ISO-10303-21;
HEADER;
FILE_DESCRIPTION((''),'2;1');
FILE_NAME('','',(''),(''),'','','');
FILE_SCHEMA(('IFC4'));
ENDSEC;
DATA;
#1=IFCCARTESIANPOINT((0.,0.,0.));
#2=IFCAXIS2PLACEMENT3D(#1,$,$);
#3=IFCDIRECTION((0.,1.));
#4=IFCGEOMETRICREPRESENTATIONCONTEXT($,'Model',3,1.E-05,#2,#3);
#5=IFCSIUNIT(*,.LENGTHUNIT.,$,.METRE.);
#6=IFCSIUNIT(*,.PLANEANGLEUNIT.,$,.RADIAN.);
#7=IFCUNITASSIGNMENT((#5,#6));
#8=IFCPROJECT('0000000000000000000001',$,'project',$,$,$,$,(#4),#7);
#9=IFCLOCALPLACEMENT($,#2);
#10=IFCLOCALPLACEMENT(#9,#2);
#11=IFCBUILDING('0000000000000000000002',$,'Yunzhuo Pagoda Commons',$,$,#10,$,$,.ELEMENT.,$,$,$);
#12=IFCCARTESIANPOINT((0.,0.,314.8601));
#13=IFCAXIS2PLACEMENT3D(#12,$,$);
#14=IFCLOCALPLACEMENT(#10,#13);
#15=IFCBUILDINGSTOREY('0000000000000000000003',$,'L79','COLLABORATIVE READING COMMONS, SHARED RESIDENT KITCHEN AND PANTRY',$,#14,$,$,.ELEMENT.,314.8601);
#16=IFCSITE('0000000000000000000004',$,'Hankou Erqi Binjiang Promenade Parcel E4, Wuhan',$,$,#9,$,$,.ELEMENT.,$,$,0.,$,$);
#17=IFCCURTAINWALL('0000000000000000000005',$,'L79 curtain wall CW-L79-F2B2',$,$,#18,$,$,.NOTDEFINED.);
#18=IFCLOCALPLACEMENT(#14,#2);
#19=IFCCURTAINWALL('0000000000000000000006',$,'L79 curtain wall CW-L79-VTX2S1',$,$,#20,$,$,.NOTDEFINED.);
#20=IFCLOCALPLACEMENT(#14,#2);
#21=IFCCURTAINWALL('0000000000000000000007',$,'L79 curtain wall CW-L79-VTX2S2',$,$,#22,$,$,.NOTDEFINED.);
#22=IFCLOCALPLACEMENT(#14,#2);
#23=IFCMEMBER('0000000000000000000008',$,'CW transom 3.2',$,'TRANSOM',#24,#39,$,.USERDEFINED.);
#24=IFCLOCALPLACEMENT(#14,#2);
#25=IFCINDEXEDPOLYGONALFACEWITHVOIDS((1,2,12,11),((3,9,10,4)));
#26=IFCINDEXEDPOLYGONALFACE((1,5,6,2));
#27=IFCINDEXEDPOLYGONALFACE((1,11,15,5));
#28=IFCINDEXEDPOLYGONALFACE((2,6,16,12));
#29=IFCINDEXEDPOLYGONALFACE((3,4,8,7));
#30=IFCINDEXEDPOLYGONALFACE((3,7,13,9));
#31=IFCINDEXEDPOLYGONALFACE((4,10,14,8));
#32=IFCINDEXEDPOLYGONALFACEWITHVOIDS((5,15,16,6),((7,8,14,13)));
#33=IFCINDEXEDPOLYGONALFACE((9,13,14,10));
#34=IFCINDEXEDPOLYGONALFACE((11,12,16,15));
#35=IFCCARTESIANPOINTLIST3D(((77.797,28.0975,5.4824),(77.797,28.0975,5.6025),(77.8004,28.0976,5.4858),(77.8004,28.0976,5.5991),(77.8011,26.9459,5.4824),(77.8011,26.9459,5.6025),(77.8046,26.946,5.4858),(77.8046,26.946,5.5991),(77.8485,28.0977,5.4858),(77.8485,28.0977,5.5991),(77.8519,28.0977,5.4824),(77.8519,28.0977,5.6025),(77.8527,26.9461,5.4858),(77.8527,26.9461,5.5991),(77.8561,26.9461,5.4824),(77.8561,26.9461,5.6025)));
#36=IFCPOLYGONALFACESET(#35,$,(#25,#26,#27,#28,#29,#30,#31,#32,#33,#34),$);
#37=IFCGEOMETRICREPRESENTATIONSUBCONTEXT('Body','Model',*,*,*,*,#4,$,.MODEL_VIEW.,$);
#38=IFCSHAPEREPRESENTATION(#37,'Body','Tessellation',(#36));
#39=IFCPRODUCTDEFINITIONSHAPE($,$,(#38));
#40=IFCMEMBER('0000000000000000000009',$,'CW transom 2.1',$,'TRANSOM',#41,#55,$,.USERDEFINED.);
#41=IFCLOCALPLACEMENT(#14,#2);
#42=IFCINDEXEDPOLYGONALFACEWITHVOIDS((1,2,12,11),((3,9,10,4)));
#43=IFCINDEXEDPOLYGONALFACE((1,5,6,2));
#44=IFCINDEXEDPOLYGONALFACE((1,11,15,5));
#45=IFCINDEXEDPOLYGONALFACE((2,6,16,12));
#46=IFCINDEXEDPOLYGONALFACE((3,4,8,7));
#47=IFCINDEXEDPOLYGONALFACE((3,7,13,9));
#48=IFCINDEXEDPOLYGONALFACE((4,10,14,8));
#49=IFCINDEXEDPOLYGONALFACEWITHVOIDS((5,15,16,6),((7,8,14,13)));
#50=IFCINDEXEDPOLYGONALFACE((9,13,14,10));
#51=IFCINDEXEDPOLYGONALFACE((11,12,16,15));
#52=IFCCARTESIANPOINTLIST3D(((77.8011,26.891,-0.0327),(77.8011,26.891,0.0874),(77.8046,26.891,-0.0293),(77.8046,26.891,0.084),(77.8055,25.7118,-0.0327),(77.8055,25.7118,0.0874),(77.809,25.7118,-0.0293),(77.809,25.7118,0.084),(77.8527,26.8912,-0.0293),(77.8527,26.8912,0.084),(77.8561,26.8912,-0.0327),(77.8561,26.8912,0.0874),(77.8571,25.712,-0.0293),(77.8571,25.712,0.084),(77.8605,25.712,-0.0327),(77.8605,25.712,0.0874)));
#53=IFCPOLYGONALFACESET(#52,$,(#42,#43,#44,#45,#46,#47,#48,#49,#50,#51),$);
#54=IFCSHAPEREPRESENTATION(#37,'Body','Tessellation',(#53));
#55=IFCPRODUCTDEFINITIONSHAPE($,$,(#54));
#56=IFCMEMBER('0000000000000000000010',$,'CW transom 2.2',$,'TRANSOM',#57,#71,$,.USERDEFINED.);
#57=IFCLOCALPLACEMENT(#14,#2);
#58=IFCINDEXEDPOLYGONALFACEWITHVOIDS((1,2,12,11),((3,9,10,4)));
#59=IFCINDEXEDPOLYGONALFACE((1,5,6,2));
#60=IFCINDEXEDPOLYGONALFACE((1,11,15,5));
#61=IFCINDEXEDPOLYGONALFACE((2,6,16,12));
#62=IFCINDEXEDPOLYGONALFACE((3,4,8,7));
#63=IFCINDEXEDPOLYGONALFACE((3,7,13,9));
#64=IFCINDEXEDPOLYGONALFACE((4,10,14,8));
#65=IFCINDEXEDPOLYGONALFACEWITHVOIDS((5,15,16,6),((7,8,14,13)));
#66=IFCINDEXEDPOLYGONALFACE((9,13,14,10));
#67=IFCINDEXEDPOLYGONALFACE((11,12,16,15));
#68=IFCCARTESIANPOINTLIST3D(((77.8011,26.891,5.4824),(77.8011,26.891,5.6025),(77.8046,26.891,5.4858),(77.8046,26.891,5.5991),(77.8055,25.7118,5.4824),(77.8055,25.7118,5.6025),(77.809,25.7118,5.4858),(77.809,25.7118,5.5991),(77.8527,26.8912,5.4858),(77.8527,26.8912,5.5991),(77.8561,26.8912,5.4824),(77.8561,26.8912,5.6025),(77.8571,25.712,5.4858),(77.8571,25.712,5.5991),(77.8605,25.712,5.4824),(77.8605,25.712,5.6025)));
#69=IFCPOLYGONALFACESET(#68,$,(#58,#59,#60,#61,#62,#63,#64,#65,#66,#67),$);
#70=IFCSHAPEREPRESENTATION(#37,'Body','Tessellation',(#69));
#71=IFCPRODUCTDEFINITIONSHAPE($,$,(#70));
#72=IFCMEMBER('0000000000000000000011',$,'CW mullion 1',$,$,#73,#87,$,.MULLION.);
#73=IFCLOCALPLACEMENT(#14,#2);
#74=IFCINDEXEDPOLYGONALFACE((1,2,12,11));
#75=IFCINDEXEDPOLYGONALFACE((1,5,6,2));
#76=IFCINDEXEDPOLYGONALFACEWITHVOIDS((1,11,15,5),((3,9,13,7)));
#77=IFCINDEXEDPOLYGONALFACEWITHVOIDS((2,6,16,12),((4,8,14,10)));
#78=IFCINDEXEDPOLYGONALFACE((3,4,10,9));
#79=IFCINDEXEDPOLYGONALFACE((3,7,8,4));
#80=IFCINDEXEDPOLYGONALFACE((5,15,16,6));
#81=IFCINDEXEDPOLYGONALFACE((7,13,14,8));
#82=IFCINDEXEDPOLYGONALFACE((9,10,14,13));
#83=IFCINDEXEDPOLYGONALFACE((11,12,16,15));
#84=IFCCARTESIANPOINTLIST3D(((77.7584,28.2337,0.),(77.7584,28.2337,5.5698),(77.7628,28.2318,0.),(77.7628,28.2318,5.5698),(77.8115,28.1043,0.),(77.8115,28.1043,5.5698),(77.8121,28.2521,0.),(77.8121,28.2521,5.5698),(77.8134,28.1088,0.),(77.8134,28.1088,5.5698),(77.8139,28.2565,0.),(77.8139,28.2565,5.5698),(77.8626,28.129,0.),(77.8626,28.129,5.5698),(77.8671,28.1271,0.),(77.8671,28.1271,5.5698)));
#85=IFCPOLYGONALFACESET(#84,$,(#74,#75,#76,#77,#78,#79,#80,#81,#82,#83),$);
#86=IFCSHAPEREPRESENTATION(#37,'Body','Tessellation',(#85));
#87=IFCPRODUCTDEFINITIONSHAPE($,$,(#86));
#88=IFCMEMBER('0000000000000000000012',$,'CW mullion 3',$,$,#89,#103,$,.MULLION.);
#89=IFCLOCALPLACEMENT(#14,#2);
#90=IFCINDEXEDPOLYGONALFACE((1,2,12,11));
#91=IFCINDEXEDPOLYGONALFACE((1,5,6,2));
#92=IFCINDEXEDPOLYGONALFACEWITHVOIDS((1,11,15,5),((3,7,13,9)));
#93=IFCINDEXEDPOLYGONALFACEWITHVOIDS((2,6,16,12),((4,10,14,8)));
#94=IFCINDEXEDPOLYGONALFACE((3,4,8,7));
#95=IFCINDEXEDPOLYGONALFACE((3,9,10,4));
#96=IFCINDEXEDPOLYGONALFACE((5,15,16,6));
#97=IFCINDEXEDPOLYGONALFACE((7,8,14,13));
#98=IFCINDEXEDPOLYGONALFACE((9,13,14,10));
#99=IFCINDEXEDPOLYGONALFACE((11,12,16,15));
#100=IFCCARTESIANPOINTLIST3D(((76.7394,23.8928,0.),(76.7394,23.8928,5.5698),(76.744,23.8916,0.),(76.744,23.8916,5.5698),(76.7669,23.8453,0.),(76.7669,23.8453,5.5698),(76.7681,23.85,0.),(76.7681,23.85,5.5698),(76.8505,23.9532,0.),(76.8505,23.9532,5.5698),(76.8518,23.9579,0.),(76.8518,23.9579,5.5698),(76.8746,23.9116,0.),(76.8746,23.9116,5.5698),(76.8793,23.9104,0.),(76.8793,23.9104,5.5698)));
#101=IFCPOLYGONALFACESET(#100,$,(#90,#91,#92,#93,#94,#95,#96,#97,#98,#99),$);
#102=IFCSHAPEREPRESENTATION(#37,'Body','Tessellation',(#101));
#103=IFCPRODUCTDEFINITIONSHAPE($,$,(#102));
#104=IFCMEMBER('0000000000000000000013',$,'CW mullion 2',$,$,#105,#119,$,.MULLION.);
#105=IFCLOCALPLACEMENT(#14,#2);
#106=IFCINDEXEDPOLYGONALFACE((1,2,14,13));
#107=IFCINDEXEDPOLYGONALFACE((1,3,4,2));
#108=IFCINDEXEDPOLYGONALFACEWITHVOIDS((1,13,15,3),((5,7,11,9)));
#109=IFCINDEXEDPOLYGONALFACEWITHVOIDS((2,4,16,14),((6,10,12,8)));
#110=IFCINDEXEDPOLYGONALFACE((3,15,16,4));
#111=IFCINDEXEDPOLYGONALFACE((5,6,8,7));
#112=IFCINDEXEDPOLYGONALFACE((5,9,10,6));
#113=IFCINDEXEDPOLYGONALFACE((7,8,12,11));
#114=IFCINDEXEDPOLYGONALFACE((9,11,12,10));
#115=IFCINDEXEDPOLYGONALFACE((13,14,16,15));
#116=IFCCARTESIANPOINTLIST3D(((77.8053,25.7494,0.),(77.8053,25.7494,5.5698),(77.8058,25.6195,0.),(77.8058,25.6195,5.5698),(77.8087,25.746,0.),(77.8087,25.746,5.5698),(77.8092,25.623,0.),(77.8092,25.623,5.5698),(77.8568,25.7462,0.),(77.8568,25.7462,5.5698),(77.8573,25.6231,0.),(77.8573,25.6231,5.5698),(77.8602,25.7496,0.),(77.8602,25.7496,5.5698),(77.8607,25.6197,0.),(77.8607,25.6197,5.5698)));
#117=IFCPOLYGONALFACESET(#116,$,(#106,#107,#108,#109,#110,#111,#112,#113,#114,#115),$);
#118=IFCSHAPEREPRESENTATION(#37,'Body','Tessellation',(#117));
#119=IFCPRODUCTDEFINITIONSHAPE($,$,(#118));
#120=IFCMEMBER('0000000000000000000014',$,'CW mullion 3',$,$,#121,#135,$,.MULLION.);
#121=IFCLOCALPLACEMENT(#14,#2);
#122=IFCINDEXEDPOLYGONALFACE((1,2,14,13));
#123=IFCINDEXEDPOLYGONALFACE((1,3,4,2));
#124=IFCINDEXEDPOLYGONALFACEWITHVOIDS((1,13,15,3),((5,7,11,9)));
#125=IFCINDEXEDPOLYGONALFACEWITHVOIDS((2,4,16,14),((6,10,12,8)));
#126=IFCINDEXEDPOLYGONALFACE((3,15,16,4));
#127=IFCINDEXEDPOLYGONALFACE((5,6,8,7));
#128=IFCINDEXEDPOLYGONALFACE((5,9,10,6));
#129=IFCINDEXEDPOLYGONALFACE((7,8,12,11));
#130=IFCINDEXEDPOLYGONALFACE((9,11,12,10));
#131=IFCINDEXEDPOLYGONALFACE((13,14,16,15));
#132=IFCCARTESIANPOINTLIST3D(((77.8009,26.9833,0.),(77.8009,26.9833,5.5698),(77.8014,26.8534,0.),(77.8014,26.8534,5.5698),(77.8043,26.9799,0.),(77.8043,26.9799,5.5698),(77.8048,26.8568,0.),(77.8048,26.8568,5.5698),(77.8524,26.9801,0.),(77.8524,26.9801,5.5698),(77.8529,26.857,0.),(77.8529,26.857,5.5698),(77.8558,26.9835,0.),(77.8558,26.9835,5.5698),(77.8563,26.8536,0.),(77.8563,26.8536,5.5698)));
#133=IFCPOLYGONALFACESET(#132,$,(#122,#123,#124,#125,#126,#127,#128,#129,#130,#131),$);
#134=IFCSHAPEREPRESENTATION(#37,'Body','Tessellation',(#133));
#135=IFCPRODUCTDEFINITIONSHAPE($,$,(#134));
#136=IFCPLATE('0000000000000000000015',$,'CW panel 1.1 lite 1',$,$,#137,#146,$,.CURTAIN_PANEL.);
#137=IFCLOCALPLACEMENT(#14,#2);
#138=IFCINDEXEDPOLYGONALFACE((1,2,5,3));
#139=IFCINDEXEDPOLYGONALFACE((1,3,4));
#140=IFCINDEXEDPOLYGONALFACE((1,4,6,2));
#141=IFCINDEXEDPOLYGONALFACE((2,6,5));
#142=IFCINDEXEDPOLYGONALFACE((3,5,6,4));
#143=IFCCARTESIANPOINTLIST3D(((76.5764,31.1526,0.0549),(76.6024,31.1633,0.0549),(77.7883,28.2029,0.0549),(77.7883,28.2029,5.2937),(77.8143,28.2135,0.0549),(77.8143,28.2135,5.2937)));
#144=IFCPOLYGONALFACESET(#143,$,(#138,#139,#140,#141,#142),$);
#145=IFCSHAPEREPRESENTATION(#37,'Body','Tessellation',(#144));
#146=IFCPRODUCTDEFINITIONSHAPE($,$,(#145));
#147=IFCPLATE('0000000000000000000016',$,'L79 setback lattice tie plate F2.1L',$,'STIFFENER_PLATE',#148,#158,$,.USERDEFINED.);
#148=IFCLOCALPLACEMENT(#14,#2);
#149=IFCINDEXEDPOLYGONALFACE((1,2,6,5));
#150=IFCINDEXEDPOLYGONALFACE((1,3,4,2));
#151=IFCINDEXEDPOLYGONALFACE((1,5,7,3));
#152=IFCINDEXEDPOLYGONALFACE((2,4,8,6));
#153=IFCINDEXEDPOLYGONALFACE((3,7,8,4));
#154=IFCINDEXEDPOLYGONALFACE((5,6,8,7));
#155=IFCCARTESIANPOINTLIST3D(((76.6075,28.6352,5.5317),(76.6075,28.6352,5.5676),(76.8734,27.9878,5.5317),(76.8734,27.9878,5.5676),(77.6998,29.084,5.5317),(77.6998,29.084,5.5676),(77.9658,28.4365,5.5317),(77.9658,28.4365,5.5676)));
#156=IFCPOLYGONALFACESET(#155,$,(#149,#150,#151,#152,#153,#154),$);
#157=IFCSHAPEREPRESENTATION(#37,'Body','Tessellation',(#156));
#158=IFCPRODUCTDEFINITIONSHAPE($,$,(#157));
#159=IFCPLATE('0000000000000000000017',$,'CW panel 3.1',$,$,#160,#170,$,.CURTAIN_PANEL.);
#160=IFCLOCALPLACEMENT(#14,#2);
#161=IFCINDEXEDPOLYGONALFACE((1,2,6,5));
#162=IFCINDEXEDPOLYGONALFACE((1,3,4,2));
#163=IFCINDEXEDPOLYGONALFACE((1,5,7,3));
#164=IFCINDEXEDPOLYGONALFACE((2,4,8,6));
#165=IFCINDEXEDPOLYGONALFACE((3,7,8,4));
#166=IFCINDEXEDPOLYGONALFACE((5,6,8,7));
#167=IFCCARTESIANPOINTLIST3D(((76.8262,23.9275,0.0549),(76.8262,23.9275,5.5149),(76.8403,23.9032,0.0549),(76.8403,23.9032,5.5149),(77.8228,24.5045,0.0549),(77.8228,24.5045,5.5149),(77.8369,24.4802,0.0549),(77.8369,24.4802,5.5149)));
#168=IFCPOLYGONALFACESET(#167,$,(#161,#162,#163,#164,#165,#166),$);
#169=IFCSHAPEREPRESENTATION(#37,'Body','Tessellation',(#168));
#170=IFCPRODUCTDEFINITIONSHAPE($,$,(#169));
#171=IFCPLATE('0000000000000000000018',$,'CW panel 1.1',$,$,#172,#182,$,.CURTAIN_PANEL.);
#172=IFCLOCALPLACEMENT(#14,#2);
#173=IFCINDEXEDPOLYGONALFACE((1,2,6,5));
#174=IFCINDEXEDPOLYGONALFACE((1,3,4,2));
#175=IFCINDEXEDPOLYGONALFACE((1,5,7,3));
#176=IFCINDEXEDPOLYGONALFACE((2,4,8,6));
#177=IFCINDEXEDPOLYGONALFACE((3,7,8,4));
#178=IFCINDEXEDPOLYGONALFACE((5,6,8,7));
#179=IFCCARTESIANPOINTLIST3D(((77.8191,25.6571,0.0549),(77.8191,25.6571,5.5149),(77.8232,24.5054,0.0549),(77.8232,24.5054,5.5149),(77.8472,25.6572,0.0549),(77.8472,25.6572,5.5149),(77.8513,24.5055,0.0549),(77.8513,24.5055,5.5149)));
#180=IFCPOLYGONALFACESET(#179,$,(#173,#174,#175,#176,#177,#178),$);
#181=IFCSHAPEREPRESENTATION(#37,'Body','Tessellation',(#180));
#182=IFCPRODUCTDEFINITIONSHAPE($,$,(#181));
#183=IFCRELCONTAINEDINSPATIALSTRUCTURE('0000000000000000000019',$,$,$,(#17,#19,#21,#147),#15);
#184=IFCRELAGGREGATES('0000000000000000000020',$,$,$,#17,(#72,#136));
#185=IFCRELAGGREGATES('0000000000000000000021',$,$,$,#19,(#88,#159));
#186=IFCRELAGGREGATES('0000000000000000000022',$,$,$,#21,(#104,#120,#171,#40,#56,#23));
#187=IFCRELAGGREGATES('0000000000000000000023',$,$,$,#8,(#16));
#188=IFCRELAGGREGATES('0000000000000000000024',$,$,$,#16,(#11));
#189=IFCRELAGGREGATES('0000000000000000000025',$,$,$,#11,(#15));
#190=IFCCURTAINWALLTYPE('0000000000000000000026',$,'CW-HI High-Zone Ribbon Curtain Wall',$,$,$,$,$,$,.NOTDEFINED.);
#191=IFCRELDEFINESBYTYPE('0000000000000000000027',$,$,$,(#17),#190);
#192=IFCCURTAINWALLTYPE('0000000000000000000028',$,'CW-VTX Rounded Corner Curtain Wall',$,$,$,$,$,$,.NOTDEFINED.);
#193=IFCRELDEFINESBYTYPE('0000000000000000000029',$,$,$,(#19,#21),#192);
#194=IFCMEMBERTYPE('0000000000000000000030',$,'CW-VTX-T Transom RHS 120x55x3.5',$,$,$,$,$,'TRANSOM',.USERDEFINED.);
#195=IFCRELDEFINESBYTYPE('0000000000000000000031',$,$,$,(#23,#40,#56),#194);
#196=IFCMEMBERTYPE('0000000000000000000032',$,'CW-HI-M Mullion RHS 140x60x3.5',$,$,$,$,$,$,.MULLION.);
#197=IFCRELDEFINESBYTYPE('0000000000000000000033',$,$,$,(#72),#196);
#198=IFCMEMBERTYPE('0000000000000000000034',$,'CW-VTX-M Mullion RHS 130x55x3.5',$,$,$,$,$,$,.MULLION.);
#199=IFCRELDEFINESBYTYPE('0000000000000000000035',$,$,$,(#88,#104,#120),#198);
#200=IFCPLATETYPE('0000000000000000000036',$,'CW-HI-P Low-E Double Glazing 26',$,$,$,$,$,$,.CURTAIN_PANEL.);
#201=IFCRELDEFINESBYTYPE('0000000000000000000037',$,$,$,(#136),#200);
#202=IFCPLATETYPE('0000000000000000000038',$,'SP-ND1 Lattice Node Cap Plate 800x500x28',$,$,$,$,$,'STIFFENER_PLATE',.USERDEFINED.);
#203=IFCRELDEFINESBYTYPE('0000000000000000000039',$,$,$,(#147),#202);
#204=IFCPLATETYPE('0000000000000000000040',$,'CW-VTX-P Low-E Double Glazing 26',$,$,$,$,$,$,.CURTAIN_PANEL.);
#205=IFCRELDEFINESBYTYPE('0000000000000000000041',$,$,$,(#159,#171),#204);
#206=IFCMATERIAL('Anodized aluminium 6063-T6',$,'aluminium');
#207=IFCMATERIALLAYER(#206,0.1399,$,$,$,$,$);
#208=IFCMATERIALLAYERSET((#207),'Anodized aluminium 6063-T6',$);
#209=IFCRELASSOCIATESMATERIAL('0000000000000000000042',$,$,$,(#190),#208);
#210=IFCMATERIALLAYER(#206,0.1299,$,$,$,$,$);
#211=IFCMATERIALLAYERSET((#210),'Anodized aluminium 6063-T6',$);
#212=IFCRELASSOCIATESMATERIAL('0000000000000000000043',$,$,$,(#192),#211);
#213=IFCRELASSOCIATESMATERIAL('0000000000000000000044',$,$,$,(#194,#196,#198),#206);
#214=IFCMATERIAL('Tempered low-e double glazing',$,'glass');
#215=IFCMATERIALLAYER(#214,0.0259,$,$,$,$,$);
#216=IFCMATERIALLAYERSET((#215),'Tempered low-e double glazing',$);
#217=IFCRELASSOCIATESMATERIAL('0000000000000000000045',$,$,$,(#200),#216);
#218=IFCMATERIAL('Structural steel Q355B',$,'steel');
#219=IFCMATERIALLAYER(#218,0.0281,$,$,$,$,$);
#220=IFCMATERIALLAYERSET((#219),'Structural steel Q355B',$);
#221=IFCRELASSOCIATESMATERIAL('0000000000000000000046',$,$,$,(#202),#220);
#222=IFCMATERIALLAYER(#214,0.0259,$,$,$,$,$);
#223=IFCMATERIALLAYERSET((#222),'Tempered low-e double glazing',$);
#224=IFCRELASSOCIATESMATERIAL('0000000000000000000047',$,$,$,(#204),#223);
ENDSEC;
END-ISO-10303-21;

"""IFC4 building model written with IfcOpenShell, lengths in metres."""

from ifc_helpers import new_model, si_unit, direction, frame, origin, origin_2d, place, context, subcontext, project, spatial, polyline, rectangle, hollow_rectangle, outline, extrude, source, transform, mapped, material, layer, layer_set, material_profile, profile_set, type_object, element, aggregate, save


model = new_model("IFC4")

# Units and contexts
model_context = context("Model", 3, precision=1e-05, world=origin(), true_north=direction((0.0, 1.0)))
body_context = subcontext(model_context, "Body", "Model", "MODEL_VIEW")
ifc_project = project(units=[si_unit("LENGTHUNIT", "METRE"), si_unit("PLANEANGLEUNIT", "RADIAN")], contexts=[model_context])

# Site, building, storey
site_placement = place(None, origin())
site = spatial("IfcSite", under=ifc_project, at=site_placement, Name="Hankou Erqi Binjiang Promenade Parcel E4, Wuhan", CompositionType="ELEMENT", RefElevation=0.0)
building_placement = place(site_placement, origin())
building = spatial("IfcBuilding", under=site, at=building_placement, Name="Yunzhuo Pagoda Commons", CompositionType="ELEMENT")
storey_placement = place(building_placement, frame((0.0, 0.0, 314.8601)))
storey = spatial("IfcBuildingStorey", under=building, at=storey_placement, Name="L79", Description="COLLABORATIVE READING COMMONS, SHARED RESIDENT KITCHEN AND PANTRY", CompositionType="ELEMENT", Elevation=314.8601)

# Shared definitions
ifc_material_1 = material(Name="Structural steel Q355B", Category="steel")

# Curtain walls, members
ifc_material_2 = material(Name="Anodized aluminium 6063-T6", Category="aluminium")
ifc_layer_1 = layer(ifc_material_2, 0.1399)
ifc_layer_set_1 = layer_set([ifc_layer_1], Name="Anodized aluminium 6063-T6")
curtain_wall_type_1 = type_object("IfcCurtainWallType", Name="CW-HI High-Zone Ribbon Curtain Wall", PredefinedType="NOTDEFINED", material=ifc_layer_set_1)
curtain_wall_1_placement = place(storey_placement, origin())
curtain_wall_1 = element("IfcCurtainWall", 1, at=curtain_wall_1_placement, inside=storey, type_object=curtain_wall_type_1, Name="L79 curtain wall CW-L79-F2B2", PredefinedType="NOTDEFINED")
ifc_layer_2 = layer(ifc_material_2, 0.1299)
ifc_layer_set_2 = layer_set([ifc_layer_2], Name="Anodized aluminium 6063-T6")
curtain_wall_type_2 = type_object("IfcCurtainWallType", Name="CW-VTX Rounded Corner Curtain Wall", PredefinedType="NOTDEFINED", material=ifc_layer_set_2)
curtain_wall_2_placement = place(storey_placement, origin())
curtain_wall_2 = element("IfcCurtainWall", 2, at=curtain_wall_2_placement, inside=storey, type_object=curtain_wall_type_2, Name="L79 curtain wall CW-L79-VTX2S1", PredefinedType="NOTDEFINED")
ifc_material_profile_1 = material_profile(ifc_material_2, hollow_rectangle(XDim=0.0549, YDim=0.1201, WallThickness=0.0034, at=origin_2d()), Name="Anodized aluminium 6063-T6")
ifc_profile_set_1 = profile_set([ifc_material_profile_1], Name="Anodized aluminium 6063-T6")
member_type_1 = type_object("IfcMemberType", Name="CW-VTX-T Transom RHS 120x55x3.5", ElementType="TRANSOM", PredefinedType="USERDEFINED", material=ifc_profile_set_1)
shared_shape_1 = source(origin(), body_context, "Body", "SweptSolid", [
    extrude(hollow_rectangle(XDim=0.0549, YDim=0.1201, WallThickness=0.0034, at=origin_2d()), origin(), (0.0, 0.0, 1.0), 1.1516),
])
curtain_wall_3_placement = place(storey_placement, origin())
curtain_wall_3 = element("IfcCurtainWall", 3, at=curtain_wall_3_placement, inside=storey, type_object=curtain_wall_type_2, Name="L79 curtain wall CW-L79-VTX2S2", PredefinedType="NOTDEFINED")
member_1_placement = place(storey_placement, frame((77.8286, 26.946, 5.5425), z_axis=(-0.003604, 0.999994, 0.0), x_axis=(-0.999994, -0.003604, 0.0)))
member_1 = element("IfcMember", 4, at=member_1_placement, type_object=member_type_1, Name="CW transom 3.2", ObjectType="TRANSOM", PredefinedType="USERDEFINED", context=body_context, shape_type="MappedRepresentation", body=[
    mapped(shared_shape_1, transform((0.0, 0.0, 0.0), scale=1.0)),
])
shared_shape_2 = source(origin(), body_context, "Body", "SweptSolid", [
    extrude(hollow_rectangle(XDim=0.0549, YDim=0.1201, WallThickness=0.0034, at=origin_2d()), origin(), (0.0, 0.0, 1.0), 1.1792),
])
member_2_placement = place(storey_placement, frame((77.833, 25.7119, 0.0273), z_axis=(-0.003727, 0.999993, 0.0), x_axis=(-0.999993, -0.003727, 0.0)))
member_2 = element("IfcMember", 5, at=member_2_placement, type_object=member_type_1, Name="CW transom 2.1", ObjectType="TRANSOM", PredefinedType="USERDEFINED", context=body_context, shape_type="MappedRepresentation", body=[
    mapped(shared_shape_2, transform((0.0, 0.0, 0.0), scale=1.0)),
])
member_3_placement = place(storey_placement, frame((77.833, 25.7119, 5.5425), z_axis=(-0.003727, 0.999993, 0.0), x_axis=(-0.999993, -0.003727, 0.0)))
member_3 = element("IfcMember", 6, at=member_3_placement, type_object=member_type_1, Name="CW transom 2.2", ObjectType="TRANSOM", PredefinedType="USERDEFINED", context=body_context, shape_type="MappedRepresentation", body=[
    mapped(shared_shape_2, transform((0.0, 0.0, 0.0), scale=1.0)),
])

# Members
ifc_material_profile_2 = material_profile(ifc_material_2, hollow_rectangle(XDim=0.0601, YDim=0.1399, WallThickness=0.0034, at=origin_2d()), Name="Anodized aluminium 6063-T6")
ifc_profile_set_2 = profile_set([ifc_material_profile_2], Name="Anodized aluminium 6063-T6")
member_type_2 = type_object("IfcMemberType", Name="CW-HI-M Mullion RHS 140x60x3.5", PredefinedType="MULLION", material=ifc_profile_set_2)
shared_shape_3 = source(origin(), body_context, "Body", "SweptSolid", [
    extrude(hollow_rectangle(XDim=0.0601, YDim=0.1399, WallThickness=0.0034, at=origin_2d()), origin(), (0.0, 0.0, 1.0), 5.5698),
])
member_4_placement = place(storey_placement, frame((77.8127, 28.1804, 0.0), z_axis=(0.0, 0.0, 1.0), x_axis=(-0.924975, -0.380027, 0.0)))
member_4 = element("IfcMember", 7, at=member_4_placement, type_object=member_type_2, Name="CW mullion 1", PredefinedType="MULLION", context=body_context, shape_type="MappedRepresentation", body=[
    mapped(shared_shape_3, transform((0.0, 0.0, 0.0), scale=1.0)),
])
ifc_material_profile_3 = material_profile(ifc_material_2, hollow_rectangle(XDim=0.0549, YDim=0.1299, WallThickness=0.0034, at=origin_2d()), Name="Anodized aluminium 6063-T6")
ifc_profile_set_3 = profile_set([ifc_material_profile_3], Name="Anodized aluminium 6063-T6")
member_type_3 = type_object("IfcMemberType", Name="CW-VTX-M Mullion RHS 130x55x3.5", PredefinedType="MULLION", material=ifc_profile_set_3)
shared_shape_4 = source(origin(), body_context, "Body", "SweptSolid", [
    extrude(hollow_rectangle(XDim=0.0549, YDim=0.1299, WallThickness=0.0034, at=origin_2d()), origin(), (0.0, 0.0, 1.0), 5.5698),
])
member_5_placement = place(storey_placement, frame((76.8093, 23.9016, 0.0), z_axis=(0.0, 0.0, 1.0), x_axis=(-0.501027, 0.865432, 0.0)))
member_5 = element("IfcMember", 8, at=member_5_placement, type_object=member_type_3, Name="CW mullion 3", PredefinedType="MULLION", context=body_context, shape_type="MappedRepresentation", body=[
    mapped(shared_shape_4, transform((0.0, 0.0, 0.0), scale=1.0)),
])
member_6_placement = place(storey_placement, frame((77.833, 25.6846, 0.0), z_axis=(0.0, 0.0, 1.0), x_axis=(-0.999994, -0.003592, 0.0)))
member_6 = element("IfcMember", 9, at=member_6_placement, type_object=member_type_3, Name="CW mullion 2", PredefinedType="MULLION", context=body_context, shape_type="MappedRepresentation", body=[
    mapped(shared_shape_4, transform((0.0, 0.0, 0.0), scale=1.0)),
])
member_7_placement = place(storey_placement, frame((77.8286, 26.9185, 0.0), z_axis=(0.0, 0.0, 1.0), x_axis=(-0.999994, -0.003592, 0.0)))
member_7 = element("IfcMember", 10, at=member_7_placement, type_object=member_type_3, Name="CW mullion 3", PredefinedType="MULLION", context=body_context, shape_type="MappedRepresentation", body=[
    mapped(shared_shape_4, transform((0.0, 0.0, 0.0), scale=1.0)),
])

# Plates
ifc_material_3 = material(Name="Tempered low-e double glazing", Category="glass")
ifc_layer_3 = layer(ifc_material_3, 0.0259)
ifc_layer_set_3 = layer_set([ifc_layer_3], Name="Tempered low-e double glazing")
plate_type_1 = type_object("IfcPlateType", Name="CW-HI-P Low-E Double Glazing 26", PredefinedType="CURTAIN_PANEL", material=ifc_layer_set_3)
plate_1_placement = place(storey_placement, frame((77.1824, 29.6777, 2.6743), z_axis=(0.924975, 0.380027, 0.0), x_axis=(-0.380027, 0.924975, 0.0)))
plate_1 = element("IfcPlate", 11, at=plate_1_placement, type_object=plate_type_1, Name="CW panel 1.1 lite 1", PredefinedType="CURTAIN_PANEL", context=body_context, shape_type="SweptSolid", body=[
    extrude(outline(polyline([(-1.5945, -2.6194), (1.5945, -2.6194), (-1.5945, 2.6194), (-1.5945, -2.6194)])), origin(), (0.0, 0.0, 1.0), 0.0281),
])
aggregate(curtain_wall_1, [member_4, plate_1])
ifc_layer_4 = layer(ifc_material_1, 0.0281)
ifc_layer_set_4 = layer_set([ifc_layer_4], Name="Structural steel Q355B")
plate_type_2 = type_object("IfcPlateType", Name="SP-ND1 Lattice Node Cap Plate 800x500x28", ElementType="STIFFENER_PLATE", PredefinedType="USERDEFINED", material=ifc_layer_set_4)
shared_shape_5 = source(origin(), body_context, "Body", "SweptSolid", [
    extrude(rectangle(XDim=0.7, YDim=1.1809, at=origin_2d()), origin(), (0.0, 0.0, 1.0), 0.0359),
])
plate_2_placement = place(storey_placement, frame((77.2866, 28.5359, 5.5317), z_axis=(0.0, 0.0, 1.0), x_axis=(-0.379989, 0.924991, 0.0)))
element("IfcPlate", 12, at=plate_2_placement, inside=storey, type_object=plate_type_2, Name="L79 setback lattice tie plate F2.1L", ObjectType="STIFFENER_PLATE", PredefinedType="USERDEFINED", context=body_context, shape_type="MappedRepresentation", body=[
    mapped(shared_shape_5, transform((0.0, 0.0, 0.0), scale=1.0)),
])
ifc_layer_5 = layer(ifc_material_3, 0.0259)
ifc_layer_set_5 = layer_set([ifc_layer_5], Name="Tempered low-e double glazing")
plate_type_3 = type_object("IfcPlateType", Name="CW-VTX-P Low-E Double Glazing 26", PredefinedType="CURTAIN_PANEL", material=ifc_layer_set_5)
shared_shape_6 = source(origin(), body_context, "Body", "SweptSolid", [
    extrude(rectangle(XDim=1.1516, YDim=0.0281, at=origin_2d()), origin(), (0.0, 0.0, 1.0), 5.46),
])
plate_3_placement = place(storey_placement, frame((77.3315, 24.2039, 0.0549), z_axis=(0.0, 0.0, 1.0), x_axis=(0.865432, 0.501027, 0.0)))
plate_3 = element("IfcPlate", 13, at=plate_3_placement, type_object=plate_type_3, Name="CW panel 3.1", PredefinedType="CURTAIN_PANEL", context=body_context, shape_type="MappedRepresentation", body=[
    mapped(shared_shape_6, transform((0.0, 0.0, 0.0), scale=1.0)),
])
aggregate(curtain_wall_2, [member_5, plate_3])
plate_4_placement = place(storey_placement, frame((77.8352, 25.0813, 0.0549), z_axis=(0.0, 0.0, 1.0), x_axis=(-0.003592, 0.999994, 0.0)))
plate_4 = element("IfcPlate", 14, at=plate_4_placement, type_object=plate_type_3, Name="CW panel 1.1", PredefinedType="CURTAIN_PANEL", context=body_context, shape_type="MappedRepresentation", body=[
    mapped(shared_shape_6, transform((0.0, 0.0, 0.0), scale=1.0)),
])
aggregate(curtain_wall_3, [member_6, member_7, plate_4, member_2, member_3, member_1])

save(model, "model.ifc")
